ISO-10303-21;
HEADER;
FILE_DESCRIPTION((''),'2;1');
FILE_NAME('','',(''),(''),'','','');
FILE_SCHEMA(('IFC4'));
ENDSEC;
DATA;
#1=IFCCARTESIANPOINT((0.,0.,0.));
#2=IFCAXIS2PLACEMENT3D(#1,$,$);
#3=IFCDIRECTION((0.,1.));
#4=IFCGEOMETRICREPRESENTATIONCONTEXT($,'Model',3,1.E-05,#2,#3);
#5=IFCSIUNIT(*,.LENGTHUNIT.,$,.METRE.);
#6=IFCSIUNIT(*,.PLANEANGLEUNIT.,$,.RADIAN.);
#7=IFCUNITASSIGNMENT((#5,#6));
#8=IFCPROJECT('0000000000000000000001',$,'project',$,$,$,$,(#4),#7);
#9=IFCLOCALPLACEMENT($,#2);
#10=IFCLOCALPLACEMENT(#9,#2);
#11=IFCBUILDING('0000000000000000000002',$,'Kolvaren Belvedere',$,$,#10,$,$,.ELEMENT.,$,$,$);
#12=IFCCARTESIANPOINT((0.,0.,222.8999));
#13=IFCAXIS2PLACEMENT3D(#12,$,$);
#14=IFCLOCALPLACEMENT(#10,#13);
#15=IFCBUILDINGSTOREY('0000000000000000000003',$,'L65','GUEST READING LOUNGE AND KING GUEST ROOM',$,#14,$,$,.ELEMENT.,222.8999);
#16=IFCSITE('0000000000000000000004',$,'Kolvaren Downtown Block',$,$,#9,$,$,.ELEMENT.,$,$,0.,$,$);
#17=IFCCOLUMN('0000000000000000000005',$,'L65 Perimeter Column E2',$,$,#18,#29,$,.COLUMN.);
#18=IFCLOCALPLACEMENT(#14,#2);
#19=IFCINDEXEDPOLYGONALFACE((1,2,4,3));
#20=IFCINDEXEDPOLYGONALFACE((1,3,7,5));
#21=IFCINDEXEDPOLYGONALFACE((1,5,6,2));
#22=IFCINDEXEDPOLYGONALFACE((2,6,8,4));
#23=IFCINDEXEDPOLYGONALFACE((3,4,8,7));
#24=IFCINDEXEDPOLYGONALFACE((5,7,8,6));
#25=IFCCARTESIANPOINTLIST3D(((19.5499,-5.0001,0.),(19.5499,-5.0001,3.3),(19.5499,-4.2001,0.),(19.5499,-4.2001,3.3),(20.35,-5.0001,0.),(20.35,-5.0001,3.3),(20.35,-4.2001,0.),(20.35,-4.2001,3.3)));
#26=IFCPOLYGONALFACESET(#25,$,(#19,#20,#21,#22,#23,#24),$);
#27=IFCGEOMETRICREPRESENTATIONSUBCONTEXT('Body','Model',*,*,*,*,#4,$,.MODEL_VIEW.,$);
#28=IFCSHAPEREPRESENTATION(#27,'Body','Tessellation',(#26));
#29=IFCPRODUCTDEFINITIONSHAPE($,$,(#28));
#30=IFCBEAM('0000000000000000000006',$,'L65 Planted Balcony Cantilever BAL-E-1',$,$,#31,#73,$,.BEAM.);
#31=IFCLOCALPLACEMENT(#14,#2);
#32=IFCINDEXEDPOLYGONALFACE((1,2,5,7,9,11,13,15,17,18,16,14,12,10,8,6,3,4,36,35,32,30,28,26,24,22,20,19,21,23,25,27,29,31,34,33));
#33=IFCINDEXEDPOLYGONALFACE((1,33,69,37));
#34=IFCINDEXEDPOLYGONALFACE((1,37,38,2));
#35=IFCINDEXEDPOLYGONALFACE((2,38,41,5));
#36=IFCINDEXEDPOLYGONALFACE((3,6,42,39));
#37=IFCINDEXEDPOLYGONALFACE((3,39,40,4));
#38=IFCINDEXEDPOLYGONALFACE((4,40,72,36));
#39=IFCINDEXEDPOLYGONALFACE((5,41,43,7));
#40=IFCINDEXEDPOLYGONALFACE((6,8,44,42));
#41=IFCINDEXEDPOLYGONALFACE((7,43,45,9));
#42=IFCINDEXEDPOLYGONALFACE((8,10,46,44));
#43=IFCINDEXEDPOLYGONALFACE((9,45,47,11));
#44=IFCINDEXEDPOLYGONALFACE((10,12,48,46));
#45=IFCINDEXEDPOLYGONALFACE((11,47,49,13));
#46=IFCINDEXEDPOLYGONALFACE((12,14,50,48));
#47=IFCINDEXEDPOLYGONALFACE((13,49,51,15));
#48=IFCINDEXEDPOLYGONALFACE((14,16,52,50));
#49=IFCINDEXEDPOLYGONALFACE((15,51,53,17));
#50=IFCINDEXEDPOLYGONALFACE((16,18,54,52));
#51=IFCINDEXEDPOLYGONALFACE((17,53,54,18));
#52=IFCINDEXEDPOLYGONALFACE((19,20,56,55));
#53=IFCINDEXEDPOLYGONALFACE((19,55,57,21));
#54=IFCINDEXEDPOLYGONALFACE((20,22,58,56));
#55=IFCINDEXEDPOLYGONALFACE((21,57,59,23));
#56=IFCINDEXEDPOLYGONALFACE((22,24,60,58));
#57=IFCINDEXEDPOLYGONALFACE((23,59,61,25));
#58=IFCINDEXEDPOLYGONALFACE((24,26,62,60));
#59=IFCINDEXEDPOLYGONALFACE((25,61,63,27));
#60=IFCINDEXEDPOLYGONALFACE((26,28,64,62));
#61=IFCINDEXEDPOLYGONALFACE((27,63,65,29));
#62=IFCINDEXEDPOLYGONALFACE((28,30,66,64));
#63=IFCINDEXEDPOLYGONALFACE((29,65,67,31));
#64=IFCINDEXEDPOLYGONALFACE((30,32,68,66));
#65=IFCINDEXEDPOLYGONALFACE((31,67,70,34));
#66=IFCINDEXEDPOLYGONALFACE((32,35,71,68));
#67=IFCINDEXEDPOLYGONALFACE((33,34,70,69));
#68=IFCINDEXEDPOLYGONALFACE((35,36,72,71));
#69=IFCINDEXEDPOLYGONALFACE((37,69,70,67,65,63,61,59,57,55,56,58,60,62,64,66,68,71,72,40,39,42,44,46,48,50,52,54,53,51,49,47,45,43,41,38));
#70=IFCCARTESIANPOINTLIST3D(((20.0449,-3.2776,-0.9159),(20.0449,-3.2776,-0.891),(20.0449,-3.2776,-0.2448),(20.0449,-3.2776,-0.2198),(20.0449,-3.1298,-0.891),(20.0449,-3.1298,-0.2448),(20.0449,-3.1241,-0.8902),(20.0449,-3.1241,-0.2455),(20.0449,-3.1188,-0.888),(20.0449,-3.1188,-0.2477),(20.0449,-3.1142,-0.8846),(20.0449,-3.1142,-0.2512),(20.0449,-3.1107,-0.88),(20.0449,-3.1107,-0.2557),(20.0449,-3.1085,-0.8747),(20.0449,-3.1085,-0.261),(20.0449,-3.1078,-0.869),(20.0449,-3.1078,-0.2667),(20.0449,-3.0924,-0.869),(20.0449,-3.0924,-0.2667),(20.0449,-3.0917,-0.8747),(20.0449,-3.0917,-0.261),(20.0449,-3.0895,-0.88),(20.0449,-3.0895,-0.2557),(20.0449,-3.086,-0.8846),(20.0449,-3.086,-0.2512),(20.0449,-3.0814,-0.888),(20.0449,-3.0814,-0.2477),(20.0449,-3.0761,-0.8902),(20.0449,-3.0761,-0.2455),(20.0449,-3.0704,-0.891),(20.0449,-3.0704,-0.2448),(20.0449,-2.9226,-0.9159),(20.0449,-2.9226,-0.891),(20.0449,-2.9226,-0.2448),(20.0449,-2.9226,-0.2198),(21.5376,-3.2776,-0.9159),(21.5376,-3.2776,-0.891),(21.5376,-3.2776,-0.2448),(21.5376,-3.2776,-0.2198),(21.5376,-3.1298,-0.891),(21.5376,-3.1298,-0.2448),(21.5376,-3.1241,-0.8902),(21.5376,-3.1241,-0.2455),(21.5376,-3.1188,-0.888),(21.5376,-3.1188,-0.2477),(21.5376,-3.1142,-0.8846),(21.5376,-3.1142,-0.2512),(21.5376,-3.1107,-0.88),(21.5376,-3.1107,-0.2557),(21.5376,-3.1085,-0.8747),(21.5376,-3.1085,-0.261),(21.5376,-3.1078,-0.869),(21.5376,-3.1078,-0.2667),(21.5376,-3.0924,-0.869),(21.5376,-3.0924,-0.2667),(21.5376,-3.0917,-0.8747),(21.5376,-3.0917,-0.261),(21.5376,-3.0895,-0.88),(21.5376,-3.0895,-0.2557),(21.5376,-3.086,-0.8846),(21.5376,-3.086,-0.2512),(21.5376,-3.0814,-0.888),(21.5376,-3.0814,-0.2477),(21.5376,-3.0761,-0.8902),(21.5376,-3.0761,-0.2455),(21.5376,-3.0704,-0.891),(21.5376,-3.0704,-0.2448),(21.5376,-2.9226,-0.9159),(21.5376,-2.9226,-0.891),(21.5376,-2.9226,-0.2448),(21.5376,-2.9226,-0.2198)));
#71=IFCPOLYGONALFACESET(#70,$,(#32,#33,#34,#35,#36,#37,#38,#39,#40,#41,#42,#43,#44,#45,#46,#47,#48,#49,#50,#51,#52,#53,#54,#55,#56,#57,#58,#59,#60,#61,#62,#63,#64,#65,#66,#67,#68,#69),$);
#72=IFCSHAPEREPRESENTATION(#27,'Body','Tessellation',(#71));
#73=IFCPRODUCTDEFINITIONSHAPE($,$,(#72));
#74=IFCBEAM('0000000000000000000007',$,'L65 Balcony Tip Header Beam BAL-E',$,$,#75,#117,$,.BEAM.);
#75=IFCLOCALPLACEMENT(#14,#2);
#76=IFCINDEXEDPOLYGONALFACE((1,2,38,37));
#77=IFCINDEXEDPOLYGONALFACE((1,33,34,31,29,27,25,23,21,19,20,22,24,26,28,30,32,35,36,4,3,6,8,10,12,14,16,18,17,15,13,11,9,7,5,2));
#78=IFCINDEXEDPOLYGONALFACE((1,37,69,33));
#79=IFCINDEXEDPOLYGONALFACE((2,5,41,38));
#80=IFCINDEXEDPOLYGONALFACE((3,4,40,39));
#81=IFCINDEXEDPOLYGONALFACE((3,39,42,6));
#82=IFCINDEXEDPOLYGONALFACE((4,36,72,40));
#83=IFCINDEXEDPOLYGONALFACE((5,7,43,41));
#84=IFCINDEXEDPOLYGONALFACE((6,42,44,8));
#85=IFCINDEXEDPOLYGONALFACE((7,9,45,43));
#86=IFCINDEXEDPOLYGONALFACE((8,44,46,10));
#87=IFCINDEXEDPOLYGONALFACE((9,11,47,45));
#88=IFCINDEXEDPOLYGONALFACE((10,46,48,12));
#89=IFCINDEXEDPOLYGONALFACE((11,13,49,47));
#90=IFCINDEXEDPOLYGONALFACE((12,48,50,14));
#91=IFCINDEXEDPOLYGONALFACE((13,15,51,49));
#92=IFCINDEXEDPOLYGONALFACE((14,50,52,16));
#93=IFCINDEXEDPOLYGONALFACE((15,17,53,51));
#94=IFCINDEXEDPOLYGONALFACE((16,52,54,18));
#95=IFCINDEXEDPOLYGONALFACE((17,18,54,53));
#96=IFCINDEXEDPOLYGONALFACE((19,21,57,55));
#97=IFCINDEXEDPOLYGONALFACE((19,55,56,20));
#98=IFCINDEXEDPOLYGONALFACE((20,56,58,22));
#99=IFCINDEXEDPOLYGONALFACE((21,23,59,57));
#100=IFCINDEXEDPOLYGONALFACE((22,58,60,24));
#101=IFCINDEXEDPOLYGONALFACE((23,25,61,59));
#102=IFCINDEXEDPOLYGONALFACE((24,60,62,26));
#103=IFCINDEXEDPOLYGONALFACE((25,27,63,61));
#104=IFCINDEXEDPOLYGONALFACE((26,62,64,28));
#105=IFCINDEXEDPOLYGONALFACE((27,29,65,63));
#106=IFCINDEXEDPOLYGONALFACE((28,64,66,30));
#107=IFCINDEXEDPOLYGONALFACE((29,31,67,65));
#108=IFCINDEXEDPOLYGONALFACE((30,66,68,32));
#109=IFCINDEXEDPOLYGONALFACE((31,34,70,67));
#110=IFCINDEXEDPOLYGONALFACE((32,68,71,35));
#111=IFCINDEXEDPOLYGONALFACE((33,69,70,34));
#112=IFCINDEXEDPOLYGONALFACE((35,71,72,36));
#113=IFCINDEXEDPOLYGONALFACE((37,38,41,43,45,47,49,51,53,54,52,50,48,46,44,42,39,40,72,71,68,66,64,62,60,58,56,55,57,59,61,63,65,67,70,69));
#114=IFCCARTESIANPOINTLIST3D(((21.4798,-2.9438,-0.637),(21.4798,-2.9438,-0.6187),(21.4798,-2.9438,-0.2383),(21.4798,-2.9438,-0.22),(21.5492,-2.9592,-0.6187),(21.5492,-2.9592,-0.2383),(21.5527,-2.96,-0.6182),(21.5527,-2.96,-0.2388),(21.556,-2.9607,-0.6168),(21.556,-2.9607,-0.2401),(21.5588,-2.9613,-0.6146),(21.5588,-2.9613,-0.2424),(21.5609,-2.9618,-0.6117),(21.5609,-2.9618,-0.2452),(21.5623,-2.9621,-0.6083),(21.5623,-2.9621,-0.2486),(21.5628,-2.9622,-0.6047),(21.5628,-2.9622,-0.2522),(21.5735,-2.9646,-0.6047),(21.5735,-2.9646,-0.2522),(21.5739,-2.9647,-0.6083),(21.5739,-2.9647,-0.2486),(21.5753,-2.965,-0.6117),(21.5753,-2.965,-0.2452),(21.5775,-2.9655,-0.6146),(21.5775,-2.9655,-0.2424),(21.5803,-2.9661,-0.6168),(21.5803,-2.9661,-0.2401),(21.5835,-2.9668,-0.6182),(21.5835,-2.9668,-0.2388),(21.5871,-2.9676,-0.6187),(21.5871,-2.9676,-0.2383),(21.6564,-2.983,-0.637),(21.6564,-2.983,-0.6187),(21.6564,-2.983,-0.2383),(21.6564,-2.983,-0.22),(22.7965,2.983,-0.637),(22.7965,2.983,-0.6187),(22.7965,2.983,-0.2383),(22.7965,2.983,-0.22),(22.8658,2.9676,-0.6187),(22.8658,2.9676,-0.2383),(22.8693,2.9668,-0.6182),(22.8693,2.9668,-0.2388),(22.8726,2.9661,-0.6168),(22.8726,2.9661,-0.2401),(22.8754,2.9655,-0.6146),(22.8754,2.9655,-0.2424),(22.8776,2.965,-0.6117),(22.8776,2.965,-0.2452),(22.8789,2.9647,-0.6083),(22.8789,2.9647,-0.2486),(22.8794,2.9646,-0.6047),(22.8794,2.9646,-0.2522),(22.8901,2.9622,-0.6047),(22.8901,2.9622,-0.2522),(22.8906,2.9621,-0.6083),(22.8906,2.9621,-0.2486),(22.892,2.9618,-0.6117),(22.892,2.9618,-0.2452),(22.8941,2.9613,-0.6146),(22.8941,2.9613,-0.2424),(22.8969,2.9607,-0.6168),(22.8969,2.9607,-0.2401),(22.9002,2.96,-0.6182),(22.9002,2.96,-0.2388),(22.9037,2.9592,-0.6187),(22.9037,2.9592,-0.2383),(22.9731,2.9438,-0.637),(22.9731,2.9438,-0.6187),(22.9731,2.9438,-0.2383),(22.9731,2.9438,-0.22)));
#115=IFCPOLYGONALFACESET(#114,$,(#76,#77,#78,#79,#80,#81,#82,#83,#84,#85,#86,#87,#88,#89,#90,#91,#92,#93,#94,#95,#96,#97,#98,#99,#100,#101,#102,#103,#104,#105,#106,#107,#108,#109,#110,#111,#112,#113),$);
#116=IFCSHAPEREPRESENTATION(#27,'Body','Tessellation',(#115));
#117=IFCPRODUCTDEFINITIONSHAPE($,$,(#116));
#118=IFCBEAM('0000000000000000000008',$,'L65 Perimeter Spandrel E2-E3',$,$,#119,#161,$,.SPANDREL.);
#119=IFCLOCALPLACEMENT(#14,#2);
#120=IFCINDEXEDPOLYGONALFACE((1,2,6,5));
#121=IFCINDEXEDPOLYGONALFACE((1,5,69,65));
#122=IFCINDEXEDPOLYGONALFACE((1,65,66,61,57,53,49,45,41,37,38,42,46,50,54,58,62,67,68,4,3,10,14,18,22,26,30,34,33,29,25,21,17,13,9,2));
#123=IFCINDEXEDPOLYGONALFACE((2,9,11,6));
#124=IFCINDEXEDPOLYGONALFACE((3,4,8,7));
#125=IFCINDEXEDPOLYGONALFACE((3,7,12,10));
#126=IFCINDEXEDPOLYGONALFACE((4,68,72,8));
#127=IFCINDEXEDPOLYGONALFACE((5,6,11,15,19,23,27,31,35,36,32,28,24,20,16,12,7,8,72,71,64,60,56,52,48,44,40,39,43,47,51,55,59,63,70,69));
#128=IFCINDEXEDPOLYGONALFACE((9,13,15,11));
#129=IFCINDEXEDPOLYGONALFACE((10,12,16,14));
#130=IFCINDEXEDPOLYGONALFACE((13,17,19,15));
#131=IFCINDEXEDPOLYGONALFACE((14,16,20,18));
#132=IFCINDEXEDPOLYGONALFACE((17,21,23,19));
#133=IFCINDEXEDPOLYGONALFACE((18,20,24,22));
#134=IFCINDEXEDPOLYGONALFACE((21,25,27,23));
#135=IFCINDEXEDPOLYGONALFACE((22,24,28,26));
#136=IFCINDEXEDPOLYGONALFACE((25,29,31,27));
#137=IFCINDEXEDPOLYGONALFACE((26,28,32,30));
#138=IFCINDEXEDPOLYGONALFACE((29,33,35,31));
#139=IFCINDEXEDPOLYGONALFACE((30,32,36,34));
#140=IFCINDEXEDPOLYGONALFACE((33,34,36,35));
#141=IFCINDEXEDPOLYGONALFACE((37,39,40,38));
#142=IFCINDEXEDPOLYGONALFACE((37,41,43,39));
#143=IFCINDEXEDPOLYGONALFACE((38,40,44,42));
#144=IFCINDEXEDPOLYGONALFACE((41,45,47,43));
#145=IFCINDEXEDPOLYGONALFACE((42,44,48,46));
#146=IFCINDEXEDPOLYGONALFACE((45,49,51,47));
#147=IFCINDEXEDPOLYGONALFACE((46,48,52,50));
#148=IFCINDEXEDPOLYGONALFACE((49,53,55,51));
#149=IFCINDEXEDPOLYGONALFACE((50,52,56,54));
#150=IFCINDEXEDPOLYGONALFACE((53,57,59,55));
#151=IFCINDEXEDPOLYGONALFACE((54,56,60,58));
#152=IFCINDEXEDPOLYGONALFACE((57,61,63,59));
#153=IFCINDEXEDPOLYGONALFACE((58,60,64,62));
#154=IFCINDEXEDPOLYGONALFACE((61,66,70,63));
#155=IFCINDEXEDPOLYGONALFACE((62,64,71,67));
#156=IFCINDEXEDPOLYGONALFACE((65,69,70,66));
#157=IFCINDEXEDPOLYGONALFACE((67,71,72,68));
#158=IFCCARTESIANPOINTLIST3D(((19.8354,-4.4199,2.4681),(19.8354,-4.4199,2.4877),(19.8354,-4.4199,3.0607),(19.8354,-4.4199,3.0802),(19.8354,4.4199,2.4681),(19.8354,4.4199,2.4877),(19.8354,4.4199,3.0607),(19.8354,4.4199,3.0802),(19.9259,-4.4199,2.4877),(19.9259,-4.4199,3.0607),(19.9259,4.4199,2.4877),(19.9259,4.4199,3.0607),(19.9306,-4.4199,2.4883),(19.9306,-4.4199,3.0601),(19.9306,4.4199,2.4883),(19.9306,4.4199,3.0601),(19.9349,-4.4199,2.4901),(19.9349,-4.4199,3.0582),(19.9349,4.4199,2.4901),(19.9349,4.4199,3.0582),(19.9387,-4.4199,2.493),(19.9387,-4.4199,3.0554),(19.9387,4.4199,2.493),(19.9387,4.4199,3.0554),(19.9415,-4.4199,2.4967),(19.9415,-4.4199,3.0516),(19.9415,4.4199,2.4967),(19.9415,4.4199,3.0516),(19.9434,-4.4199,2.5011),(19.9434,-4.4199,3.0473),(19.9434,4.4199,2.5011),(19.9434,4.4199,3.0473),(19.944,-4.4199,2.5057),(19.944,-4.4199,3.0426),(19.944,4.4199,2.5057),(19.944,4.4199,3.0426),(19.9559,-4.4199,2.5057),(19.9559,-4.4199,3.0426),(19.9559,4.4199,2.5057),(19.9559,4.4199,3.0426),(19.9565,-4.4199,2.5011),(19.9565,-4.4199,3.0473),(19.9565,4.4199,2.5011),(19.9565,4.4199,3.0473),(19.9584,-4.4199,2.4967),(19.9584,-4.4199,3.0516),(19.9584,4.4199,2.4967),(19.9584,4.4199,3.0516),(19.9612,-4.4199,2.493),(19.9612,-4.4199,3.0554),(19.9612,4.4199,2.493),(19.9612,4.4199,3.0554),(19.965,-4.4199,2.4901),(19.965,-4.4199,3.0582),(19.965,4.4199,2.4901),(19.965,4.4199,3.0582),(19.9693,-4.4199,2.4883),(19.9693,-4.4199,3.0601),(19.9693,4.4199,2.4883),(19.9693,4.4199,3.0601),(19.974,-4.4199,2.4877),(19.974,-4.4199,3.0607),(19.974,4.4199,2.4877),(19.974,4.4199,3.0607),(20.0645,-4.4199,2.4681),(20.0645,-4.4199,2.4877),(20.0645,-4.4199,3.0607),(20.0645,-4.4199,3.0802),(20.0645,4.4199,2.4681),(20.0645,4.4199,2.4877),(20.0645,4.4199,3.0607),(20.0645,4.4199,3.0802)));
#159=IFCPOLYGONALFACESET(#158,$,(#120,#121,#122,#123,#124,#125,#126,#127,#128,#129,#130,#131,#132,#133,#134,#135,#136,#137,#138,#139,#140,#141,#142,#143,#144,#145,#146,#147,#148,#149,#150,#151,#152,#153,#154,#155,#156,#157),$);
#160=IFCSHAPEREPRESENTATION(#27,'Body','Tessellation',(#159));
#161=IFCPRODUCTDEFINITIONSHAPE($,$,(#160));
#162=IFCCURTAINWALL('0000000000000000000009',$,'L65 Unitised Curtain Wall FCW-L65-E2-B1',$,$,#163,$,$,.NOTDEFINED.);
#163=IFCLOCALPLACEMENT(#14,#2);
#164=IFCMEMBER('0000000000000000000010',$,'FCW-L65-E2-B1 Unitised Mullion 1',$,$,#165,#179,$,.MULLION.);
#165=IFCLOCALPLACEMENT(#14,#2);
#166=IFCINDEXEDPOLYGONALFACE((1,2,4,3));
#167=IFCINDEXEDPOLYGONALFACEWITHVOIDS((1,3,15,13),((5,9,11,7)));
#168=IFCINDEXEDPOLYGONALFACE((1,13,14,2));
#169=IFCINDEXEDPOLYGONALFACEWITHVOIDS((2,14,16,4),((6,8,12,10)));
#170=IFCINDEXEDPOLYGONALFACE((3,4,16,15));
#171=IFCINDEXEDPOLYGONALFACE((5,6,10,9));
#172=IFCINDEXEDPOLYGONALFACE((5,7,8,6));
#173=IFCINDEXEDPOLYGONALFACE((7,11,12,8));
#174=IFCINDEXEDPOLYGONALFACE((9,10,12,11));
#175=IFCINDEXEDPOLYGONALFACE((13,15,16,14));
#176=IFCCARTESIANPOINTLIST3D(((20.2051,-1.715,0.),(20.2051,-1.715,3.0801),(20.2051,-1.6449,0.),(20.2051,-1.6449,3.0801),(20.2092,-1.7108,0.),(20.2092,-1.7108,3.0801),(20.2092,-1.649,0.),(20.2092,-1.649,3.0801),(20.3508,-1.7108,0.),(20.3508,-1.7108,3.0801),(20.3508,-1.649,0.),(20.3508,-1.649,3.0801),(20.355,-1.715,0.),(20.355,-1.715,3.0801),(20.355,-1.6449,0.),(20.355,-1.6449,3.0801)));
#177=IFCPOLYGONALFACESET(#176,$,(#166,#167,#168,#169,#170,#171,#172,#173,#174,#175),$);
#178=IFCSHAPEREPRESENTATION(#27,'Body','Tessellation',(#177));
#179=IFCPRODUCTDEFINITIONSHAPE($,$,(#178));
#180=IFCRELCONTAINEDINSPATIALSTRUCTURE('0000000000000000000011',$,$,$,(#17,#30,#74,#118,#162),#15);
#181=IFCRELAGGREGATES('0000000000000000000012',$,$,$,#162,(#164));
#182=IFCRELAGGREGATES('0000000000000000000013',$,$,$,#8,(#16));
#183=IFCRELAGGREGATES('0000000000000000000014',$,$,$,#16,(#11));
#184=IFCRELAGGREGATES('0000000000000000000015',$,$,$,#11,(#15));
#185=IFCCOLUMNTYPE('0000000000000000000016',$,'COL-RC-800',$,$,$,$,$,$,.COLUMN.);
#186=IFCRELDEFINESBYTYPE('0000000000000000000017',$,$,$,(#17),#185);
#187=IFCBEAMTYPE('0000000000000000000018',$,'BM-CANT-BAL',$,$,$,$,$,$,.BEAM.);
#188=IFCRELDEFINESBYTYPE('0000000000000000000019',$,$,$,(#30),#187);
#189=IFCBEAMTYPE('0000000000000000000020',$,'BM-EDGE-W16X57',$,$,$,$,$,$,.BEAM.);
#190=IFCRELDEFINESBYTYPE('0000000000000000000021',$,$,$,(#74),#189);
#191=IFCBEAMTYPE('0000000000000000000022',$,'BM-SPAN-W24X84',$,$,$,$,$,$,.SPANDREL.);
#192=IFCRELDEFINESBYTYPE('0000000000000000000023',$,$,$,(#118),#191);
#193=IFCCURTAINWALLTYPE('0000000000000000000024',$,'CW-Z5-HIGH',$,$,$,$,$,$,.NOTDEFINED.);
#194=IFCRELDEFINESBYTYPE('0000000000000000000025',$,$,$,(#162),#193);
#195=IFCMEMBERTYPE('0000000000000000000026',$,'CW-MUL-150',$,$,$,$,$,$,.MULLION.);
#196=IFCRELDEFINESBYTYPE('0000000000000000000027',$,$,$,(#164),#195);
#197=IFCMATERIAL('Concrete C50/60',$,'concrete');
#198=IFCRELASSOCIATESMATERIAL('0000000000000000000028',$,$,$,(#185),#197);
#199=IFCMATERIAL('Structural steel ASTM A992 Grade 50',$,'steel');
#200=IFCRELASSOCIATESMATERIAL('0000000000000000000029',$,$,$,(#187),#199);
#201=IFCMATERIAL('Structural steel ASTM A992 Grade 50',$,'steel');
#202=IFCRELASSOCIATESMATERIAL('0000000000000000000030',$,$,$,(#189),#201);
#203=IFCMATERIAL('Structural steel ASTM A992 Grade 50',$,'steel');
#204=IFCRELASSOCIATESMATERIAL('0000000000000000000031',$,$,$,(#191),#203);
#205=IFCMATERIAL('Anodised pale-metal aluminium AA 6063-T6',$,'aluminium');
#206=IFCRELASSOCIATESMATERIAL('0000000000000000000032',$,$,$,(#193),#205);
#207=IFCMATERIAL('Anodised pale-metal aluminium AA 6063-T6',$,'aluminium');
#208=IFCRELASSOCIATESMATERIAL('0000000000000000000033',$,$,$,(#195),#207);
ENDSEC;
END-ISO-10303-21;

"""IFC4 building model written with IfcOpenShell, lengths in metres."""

from ifc_helpers import new_model, si_unit, direction, frame, origin, origin_2d, place, context, subcontext, project, spatial, rectangle, hollow_rectangle, i_section, extrude, material, material_profile, profile_set, type_object, element, aggregate, save


model = new_model("IFC4")

# Units and contexts
model_context = context("Model", 3, precision=1e-05, world=origin(), true_north=direction((0.0, 1.0)))
body_context = subcontext(model_context, "Body", "Model", "MODEL_VIEW")
ifc_project = project(units=[si_unit("LENGTHUNIT", "METRE"), si_unit("PLANEANGLEUNIT", "RADIAN")], contexts=[model_context])

# Site, building, storey
site_placement = place(None, origin())
site = spatial("IfcSite", under=ifc_project, at=site_placement, Name="Kolvaren Downtown Block", CompositionType="ELEMENT", RefElevation=0.0)
building_placement = place(site_placement, origin())
building = spatial("IfcBuilding", under=site, at=building_placement, Name="Kolvaren Belvedere", CompositionType="ELEMENT")
storey_placement = place(building_placement, frame((0.0, 0.0, 222.8999)))
storey = spatial("IfcBuildingStorey", under=building, at=storey_placement, Name="L65", Description="GUEST READING LOUNGE AND KING GUEST ROOM", CompositionType="ELEMENT", Elevation=222.8999)

# Column
ifc_material_1 = material(Name="Concrete C50/60", Category="concrete")
ifc_material_profile_1 = material_profile(ifc_material_1, rectangle(XDim=0.8, YDim=0.8, at=origin_2d()), Name="RC 800X800")
ifc_profile_set_1 = profile_set([ifc_material_profile_1], Name="Concrete C50/60")
column_type = type_object("IfcColumnType", Name="COL-RC-800", PredefinedType="COLUMN", material=ifc_profile_set_1)
column_placement = place(storey_placement, frame((19.95, -4.6001, 0.0), z_axis=(0.0, 0.0, 1.0), x_axis=(1.0, 0.0, 0.0)))
element("IfcColumn", 1, at=column_placement, inside=storey, type_object=column_type, Name="L65 Perimeter Column E2", PredefinedType="COLUMN", context=body_context, shape_type="SweptSolid", body=[
    extrude(rectangle(XDim=0.8, YDim=0.8, at=origin_2d()), origin(), (0.0, 0.0, 1.0), 3.3),
])

# Beams
ifc_material_2 = material(Name="Structural steel ASTM A992 Grade 50", Category="steel")
ifc_material_profile_2 = material_profile(ifc_material_2, i_section(OverallWidth=0.355, OverallDepth=0.696, WebThickness=0.0154, FlangeThickness=0.0249, FilletRadius=0.022, at=origin_2d()), Name="W27X146")
ifc_profile_set_2 = profile_set([ifc_material_profile_2], Name="Structural steel ASTM A992 Grade 50")
beam_type_1 = type_object("IfcBeamType", Name="BM-CANT-BAL", PredefinedType="BEAM", material=ifc_profile_set_2)
beam_1_placement = place(storey_placement, frame((20.0449, -3.1001, -0.5679), z_axis=(1.0, 0.0, 0.0), x_axis=(0.0, 1.0, 0.0)))
element("IfcBeam", 2, at=beam_1_placement, inside=storey, type_object=beam_type_1, Name="L65 Planted Balcony Cantilever BAL-E-1", PredefinedType="BEAM", context=body_context, shape_type="SweptSolid", body=[
    extrude(i_section(OverallWidth=0.355, OverallDepth=0.696, WebThickness=0.0154, FlangeThickness=0.0249, FilletRadius=0.022, at=origin_2d()), origin(), (0.0, 0.0, 1.0), 1.4927),
])
ifc_material_3 = material(Name="Structural steel ASTM A992 Grade 50", Category="steel")
ifc_material_profile_3 = material_profile(ifc_material_3, i_section(OverallWidth=0.1809, OverallDepth=0.417, WebThickness=0.011, FlangeThickness=0.0183, FilletRadius=0.0139, at=origin_2d()), Name="W16X57")
ifc_profile_set_3 = profile_set([ifc_material_profile_3], Name="Structural steel ASTM A992 Grade 50")
beam_type_2 = type_object("IfcBeamType", Name="BM-EDGE-W16X57", PredefinedType="BEAM", material=ifc_profile_set_3)
beam_2_placement = place(storey_placement, frame((21.5681, -2.9634, -0.4285), z_axis=(0.216867, 0.976201, 0.0), x_axis=(-0.976201, 0.216867, 0.0)))
element("IfcBeam", 3, at=beam_2_placement, inside=storey, type_object=beam_type_2, Name="L65 Balcony Tip Header Beam BAL-E", PredefinedType="BEAM", context=body_context, shape_type="SweptSolid", body=[
    extrude(i_section(OverallWidth=0.1809, OverallDepth=0.417, WebThickness=0.011, FlangeThickness=0.0183, FilletRadius=0.0139, at=origin_2d()), origin(), (0.0, 0.0, 1.0), 6.0713),
])
ifc_material_4 = material(Name="Structural steel ASTM A992 Grade 50", Category="steel")
ifc_material_profile_4 = material_profile(ifc_material_4, i_section(OverallWidth=0.229, OverallDepth=0.6121, WebThickness=0.012, FlangeThickness=0.0195, FilletRadius=0.0181, at=origin_2d()), Name="W24X84")
ifc_profile_set_4 = profile_set([ifc_material_profile_4], Name="Structural steel ASTM A992 Grade 50")
beam_type_3 = type_object("IfcBeamType", Name="BM-SPAN-W24X84", PredefinedType="SPANDREL", material=ifc_profile_set_4)
beam_3_placement = place(storey_placement, frame((19.95, -4.4199, 2.7742), z_axis=(0.0, 1.0, 0.0), x_axis=(-1.0, 0.0, 0.0)))
element("IfcBeam", 4, at=beam_3_placement, inside=storey, type_object=beam_type_3, Name="L65 Perimeter Spandrel E2-E3", PredefinedType="SPANDREL", context=body_context, shape_type="SweptSolid", body=[
    extrude(i_section(OverallWidth=0.229, OverallDepth=0.6121, WebThickness=0.012, FlangeThickness=0.0195, FilletRadius=0.0181, at=origin_2d()), origin(), (0.0, 0.0, 1.0), 8.8398),
])

# Curtain wall, member
ifc_material_5 = material(Name="Anodised pale-metal aluminium AA 6063-T6", Category="aluminium")
curtain_wall_type = type_object("IfcCurtainWallType", Name="CW-Z5-HIGH", PredefinedType="NOTDEFINED", material=ifc_material_5)
curtain_wall_1_placement = place(storey_placement, origin())
curtain_wall_1 = element("IfcCurtainWall", 5, at=curtain_wall_1_placement, inside=storey, type_object=curtain_wall_type, Name="L65 Unitised Curtain Wall FCW-L65-E2-B1", PredefinedType="NOTDEFINED")
ifc_material_6 = material(Name="Anodised pale-metal aluminium AA 6063-T6", Category="aluminium")
ifc_material_profile_5 = material_profile(ifc_material_6, hollow_rectangle(XDim=0.0701, YDim=0.1499, WallThickness=0.0042, at=origin_2d()), Name="ALU-MUL-150X70")
ifc_profile_set_5 = profile_set([ifc_material_profile_5], Name="Anodised pale-metal aluminium AA 6063-T6")
member_type_1 = type_object("IfcMemberType", Name="CW-MUL-150", PredefinedType="MULLION", material=ifc_profile_set_5)
member_1_placement = place(storey_placement, frame((20.28, -1.6799, 0.0), z_axis=(0.0, 0.0, 1.0), x_axis=(0.0, 1.0, 0.0)))
member_1 = element("IfcMember", 6, at=member_1_placement, type_object=member_type_1, Name="FCW-L65-E2-B1 Unitised Mullion 1", PredefinedType="MULLION", context=body_context, shape_type="SweptSolid", body=[
    extrude(hollow_rectangle(XDim=0.0701, YDim=0.1499, WallThickness=0.0042, at=origin_2d()), origin(), (0.0, 0.0, 1.0), 3.0801),
])

aggregate(curtain_wall_1, [member_1])

save(model, "model.ifc")
